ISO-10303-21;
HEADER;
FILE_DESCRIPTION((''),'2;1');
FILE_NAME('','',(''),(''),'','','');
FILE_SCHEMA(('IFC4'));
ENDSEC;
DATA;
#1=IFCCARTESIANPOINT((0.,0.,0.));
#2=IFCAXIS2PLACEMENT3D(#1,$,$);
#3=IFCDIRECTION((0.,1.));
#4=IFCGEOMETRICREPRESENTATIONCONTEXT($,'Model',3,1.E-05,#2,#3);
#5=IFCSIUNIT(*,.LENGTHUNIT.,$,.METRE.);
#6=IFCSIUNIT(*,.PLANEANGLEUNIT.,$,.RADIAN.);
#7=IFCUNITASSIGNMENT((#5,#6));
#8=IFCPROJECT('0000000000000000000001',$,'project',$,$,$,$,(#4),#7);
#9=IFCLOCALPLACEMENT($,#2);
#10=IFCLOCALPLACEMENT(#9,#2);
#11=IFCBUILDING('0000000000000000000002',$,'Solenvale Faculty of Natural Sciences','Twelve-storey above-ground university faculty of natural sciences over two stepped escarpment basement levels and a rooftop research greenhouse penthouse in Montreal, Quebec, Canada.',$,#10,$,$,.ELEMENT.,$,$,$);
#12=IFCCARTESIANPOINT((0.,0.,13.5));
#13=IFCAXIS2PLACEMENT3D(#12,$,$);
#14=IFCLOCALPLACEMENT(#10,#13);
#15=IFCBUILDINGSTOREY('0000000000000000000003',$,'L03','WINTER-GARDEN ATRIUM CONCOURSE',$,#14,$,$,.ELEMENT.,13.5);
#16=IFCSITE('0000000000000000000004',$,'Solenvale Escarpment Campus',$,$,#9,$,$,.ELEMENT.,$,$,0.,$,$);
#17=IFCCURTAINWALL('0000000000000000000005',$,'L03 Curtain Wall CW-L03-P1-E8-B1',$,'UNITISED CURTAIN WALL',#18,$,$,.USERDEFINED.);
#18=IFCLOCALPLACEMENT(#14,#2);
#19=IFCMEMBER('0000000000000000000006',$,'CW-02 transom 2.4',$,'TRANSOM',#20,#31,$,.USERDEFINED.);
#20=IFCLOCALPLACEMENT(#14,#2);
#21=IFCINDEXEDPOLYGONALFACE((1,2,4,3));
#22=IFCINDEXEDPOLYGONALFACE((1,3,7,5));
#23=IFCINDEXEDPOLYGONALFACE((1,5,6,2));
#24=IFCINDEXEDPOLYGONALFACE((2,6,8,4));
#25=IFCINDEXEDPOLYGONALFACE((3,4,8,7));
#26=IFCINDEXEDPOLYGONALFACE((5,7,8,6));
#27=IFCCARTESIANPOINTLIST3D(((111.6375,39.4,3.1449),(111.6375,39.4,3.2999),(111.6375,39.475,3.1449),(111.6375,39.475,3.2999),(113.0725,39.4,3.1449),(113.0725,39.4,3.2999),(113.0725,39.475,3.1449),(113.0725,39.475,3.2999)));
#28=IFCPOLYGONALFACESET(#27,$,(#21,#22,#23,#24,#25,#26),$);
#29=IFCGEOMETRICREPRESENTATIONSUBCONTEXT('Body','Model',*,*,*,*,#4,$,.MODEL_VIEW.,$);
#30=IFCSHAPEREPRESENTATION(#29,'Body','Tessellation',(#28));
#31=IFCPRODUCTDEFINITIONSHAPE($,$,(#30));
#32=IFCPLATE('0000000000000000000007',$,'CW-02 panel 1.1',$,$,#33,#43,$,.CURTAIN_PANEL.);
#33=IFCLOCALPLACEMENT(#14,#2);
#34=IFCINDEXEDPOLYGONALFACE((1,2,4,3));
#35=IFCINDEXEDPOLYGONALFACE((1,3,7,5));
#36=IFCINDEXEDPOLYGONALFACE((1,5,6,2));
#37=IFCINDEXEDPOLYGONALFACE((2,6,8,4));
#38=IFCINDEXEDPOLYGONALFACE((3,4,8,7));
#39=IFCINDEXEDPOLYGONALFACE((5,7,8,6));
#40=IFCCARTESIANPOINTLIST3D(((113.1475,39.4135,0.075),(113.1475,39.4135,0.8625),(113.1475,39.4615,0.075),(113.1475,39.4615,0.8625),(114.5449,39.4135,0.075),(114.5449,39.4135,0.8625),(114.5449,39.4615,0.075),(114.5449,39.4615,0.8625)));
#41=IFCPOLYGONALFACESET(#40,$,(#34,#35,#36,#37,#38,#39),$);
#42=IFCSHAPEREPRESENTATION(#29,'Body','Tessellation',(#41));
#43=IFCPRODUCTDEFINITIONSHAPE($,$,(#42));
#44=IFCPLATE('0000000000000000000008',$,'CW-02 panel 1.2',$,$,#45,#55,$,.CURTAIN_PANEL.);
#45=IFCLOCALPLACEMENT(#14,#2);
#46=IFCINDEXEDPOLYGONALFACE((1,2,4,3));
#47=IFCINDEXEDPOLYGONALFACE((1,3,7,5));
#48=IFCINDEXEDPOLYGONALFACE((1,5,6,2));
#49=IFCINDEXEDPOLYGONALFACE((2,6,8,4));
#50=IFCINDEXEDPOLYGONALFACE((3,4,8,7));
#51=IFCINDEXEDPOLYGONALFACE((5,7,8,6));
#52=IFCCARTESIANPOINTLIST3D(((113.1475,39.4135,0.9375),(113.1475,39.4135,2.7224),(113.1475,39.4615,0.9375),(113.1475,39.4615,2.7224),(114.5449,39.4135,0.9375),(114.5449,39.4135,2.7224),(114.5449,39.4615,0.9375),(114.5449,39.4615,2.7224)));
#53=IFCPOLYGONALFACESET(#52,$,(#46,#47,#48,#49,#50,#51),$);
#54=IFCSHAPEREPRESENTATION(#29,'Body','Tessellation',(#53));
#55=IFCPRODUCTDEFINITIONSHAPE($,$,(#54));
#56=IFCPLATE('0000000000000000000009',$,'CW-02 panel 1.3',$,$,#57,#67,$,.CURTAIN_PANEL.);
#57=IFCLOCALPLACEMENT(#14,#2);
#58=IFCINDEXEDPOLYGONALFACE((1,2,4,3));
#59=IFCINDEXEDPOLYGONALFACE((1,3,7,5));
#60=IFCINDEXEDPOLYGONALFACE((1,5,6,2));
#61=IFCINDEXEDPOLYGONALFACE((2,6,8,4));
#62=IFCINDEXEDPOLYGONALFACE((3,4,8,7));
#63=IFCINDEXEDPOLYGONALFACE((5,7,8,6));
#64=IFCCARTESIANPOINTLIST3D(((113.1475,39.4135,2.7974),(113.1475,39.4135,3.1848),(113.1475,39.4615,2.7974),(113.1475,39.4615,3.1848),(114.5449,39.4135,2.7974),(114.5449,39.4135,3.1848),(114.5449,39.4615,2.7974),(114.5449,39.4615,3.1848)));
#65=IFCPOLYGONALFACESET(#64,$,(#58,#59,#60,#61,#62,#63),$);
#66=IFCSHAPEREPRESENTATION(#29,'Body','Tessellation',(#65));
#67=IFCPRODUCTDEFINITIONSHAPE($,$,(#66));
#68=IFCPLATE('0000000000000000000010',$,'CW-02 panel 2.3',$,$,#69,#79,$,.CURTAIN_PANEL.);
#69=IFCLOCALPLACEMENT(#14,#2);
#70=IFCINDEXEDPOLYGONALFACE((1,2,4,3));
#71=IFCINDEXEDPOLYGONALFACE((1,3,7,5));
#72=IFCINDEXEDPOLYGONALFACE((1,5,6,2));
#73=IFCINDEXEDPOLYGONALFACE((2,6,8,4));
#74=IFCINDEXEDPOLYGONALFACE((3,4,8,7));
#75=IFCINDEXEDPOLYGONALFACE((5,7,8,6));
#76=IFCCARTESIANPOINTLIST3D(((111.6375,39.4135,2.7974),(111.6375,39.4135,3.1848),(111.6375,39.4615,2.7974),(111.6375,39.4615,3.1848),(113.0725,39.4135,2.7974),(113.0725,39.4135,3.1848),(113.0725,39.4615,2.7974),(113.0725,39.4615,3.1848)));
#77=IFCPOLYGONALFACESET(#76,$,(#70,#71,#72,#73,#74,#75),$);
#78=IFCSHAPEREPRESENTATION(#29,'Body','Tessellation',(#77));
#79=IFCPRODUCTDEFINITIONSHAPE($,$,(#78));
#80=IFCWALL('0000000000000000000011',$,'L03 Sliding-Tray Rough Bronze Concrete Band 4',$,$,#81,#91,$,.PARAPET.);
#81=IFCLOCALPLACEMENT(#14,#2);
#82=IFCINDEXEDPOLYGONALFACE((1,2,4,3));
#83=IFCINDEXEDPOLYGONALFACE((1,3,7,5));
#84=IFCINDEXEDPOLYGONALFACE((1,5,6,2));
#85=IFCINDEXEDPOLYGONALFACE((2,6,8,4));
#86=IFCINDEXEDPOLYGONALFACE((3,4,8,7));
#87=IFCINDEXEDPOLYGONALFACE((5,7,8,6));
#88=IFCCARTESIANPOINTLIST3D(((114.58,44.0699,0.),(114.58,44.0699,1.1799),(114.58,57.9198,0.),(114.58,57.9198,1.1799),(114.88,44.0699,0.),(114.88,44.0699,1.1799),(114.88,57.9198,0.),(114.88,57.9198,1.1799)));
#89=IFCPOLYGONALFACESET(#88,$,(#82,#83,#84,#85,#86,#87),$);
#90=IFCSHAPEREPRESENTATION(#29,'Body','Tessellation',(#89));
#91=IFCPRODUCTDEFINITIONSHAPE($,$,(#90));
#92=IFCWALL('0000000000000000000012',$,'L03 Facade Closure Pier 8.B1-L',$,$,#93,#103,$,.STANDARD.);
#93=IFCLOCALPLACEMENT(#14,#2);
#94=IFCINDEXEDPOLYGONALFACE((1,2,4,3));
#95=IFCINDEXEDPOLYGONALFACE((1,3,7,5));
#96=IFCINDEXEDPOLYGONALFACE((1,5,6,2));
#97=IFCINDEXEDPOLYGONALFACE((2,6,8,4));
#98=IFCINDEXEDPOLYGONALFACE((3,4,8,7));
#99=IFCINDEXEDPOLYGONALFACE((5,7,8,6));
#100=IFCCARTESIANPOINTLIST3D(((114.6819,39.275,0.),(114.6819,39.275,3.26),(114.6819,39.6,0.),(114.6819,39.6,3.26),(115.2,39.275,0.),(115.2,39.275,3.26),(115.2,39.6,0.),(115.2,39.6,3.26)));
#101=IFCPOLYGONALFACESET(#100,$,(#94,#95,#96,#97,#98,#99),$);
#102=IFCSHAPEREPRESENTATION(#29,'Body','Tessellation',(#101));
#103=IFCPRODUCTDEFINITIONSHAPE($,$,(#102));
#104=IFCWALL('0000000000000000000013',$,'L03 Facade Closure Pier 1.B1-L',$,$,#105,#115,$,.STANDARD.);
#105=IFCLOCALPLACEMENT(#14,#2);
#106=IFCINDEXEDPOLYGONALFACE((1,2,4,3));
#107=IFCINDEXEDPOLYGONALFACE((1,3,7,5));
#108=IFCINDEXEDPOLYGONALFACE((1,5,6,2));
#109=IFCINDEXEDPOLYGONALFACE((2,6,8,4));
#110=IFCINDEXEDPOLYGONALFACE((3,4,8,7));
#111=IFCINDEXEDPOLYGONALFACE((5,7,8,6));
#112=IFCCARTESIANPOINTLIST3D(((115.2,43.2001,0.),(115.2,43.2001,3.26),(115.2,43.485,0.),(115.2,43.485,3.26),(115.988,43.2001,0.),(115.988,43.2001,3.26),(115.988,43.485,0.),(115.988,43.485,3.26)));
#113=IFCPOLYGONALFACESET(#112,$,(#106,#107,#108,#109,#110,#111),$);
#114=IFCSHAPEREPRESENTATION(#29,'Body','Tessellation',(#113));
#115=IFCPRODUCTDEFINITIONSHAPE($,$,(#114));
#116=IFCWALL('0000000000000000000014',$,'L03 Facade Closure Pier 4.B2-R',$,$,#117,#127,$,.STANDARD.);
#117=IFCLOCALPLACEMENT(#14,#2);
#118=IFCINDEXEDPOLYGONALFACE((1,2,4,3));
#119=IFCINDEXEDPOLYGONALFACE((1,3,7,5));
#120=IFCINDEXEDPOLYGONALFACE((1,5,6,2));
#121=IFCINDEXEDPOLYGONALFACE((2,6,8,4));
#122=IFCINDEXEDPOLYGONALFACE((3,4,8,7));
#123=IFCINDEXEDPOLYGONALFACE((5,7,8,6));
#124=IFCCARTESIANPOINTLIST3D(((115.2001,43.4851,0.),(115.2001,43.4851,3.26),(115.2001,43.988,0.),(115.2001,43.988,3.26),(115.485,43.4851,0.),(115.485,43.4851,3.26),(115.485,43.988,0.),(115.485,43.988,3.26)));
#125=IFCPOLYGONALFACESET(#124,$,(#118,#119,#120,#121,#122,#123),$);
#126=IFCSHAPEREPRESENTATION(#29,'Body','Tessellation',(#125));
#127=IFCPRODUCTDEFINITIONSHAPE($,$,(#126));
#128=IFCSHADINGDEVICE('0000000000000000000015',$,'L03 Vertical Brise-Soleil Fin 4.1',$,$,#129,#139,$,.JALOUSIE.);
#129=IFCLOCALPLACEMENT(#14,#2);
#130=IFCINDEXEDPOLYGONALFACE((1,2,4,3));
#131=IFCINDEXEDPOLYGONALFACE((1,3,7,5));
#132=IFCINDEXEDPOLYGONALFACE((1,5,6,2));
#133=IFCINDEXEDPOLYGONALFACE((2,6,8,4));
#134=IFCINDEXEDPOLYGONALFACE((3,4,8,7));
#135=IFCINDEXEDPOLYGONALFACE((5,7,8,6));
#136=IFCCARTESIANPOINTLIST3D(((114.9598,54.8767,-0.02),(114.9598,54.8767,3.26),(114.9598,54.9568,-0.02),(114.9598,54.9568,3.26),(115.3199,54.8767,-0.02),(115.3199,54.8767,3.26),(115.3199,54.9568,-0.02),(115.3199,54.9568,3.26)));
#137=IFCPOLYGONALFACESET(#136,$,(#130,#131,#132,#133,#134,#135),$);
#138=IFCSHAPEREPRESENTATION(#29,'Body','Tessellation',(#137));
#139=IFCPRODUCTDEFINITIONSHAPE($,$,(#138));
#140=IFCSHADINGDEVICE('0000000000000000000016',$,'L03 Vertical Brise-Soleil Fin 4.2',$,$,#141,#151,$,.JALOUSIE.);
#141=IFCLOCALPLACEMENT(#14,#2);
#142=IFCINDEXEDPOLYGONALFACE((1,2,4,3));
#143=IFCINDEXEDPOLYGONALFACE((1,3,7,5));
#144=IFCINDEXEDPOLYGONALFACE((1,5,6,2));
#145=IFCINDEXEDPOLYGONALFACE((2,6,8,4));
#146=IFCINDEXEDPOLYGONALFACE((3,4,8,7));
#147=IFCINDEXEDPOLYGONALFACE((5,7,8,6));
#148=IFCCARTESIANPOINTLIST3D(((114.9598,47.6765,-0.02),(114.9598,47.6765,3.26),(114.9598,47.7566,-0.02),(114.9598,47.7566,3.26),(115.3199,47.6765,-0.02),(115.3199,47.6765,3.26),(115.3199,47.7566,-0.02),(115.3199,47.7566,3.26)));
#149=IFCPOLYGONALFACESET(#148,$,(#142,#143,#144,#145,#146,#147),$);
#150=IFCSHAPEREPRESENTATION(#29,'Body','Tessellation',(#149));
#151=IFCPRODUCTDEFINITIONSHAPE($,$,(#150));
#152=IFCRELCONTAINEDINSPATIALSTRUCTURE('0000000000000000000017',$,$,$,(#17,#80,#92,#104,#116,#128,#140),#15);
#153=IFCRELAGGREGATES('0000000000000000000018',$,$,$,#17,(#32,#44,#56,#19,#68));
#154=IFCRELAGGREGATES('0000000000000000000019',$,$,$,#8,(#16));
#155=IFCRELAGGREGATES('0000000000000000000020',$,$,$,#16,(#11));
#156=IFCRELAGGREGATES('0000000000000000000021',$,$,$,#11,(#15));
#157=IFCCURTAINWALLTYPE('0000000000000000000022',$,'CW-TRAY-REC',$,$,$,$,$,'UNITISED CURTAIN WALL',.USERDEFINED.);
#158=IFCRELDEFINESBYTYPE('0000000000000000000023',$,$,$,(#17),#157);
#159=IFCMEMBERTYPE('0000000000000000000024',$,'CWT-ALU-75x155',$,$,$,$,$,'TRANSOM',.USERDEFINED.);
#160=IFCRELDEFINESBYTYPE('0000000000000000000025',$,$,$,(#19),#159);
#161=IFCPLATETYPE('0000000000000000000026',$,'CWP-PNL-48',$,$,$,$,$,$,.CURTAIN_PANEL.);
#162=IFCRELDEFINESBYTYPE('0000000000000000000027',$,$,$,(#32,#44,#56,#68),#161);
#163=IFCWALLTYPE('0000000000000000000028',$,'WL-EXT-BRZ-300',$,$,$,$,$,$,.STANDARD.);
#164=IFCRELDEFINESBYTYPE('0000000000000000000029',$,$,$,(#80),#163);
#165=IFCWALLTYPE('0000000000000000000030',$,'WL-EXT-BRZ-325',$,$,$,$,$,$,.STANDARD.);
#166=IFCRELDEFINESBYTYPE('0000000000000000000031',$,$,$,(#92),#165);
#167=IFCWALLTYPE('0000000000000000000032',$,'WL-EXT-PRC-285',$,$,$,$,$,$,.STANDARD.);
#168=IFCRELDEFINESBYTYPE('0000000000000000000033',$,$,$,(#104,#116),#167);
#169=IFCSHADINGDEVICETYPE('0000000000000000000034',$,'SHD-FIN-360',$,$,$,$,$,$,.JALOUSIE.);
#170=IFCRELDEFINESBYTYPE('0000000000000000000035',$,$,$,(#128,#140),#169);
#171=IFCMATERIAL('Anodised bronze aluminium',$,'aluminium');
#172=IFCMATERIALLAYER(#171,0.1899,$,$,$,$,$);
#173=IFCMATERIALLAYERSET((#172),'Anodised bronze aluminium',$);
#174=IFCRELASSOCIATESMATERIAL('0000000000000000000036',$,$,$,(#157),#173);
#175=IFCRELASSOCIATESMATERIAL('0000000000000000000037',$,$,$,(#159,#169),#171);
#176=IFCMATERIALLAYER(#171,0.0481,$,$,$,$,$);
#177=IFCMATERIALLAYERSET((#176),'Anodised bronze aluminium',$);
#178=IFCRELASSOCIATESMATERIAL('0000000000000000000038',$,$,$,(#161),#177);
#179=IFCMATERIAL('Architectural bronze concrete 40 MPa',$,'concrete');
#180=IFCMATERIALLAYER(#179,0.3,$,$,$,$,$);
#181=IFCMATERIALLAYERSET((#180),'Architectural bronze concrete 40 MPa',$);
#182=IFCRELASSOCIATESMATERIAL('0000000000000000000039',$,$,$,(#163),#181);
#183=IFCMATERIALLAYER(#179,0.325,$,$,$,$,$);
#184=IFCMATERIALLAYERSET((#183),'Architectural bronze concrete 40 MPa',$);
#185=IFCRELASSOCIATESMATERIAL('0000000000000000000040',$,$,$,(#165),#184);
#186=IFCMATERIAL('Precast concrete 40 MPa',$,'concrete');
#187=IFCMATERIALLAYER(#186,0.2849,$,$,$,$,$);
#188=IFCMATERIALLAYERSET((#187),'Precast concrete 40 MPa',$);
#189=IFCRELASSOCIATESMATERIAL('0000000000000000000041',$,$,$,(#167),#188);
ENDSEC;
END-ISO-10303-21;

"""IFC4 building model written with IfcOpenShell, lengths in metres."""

from ifc_helpers import new_model, si_unit, direction, frame, frame_2d, origin, origin_2d, place, context, subcontext, project, spatial, rectangle, extrude, material, layer, layer_set, material_profile, profile_set, type_object, element, aggregate, save


model = new_model("IFC4")

# Units and contexts
model_context = context("Model", 3, precision=1e-05, world=origin(), true_north=direction((0.0, 1.0)))
body_context = subcontext(model_context, "Body", "Model", "MODEL_VIEW")
ifc_project = project(units=[si_unit("LENGTHUNIT", "METRE"), si_unit("PLANEANGLEUNIT", "RADIAN")], contexts=[model_context])

# Site, building, storey
site_placement = place(None, origin())
site = spatial("IfcSite", under=ifc_project, at=site_placement, Name="Solenvale Escarpment Campus", CompositionType="ELEMENT", RefElevation=0.0)
building_placement = place(site_placement, origin())
building = spatial("IfcBuilding", under=site, at=building_placement, Name="Solenvale Faculty of Natural Sciences", Description="Twelve-storey above-ground university faculty of natural sciences over two stepped escarpment basement levels and a rooftop research greenhouse penthouse in Montreal, Quebec, Canada.", CompositionType="ELEMENT")
storey_placement = place(building_placement, frame((0.0, 0.0, 13.5)))
storey = spatial("IfcBuildingStorey", under=building, at=storey_placement, Name="L03", Description="WINTER-GARDEN ATRIUM CONCOURSE", CompositionType="ELEMENT", Elevation=13.5)

# Curtain wall
ifc_material_1 = material(Name="Anodised bronze aluminium", Category="aluminium")
ifc_layer_1 = layer(ifc_material_1, 0.1899)
ifc_layer_set_1 = layer_set([ifc_layer_1], Name="Anodised bronze aluminium")
curtain_wall_type_1 = type_object("IfcCurtainWallType", Name="CW-TRAY-REC", ElementType="UNITISED CURTAIN WALL", PredefinedType="USERDEFINED", material=ifc_layer_set_1)
curtain_wall_1_placement = place(storey_placement, origin())
curtain_wall_1 = element("IfcCurtainWall", 1, at=curtain_wall_1_placement, inside=storey, type_object=curtain_wall_type_1, Name="L03 Curtain Wall CW-L03-P1-E8-B1", ObjectType="UNITISED CURTAIN WALL", PredefinedType="USERDEFINED")

# Member
ifc_material_profile_1 = material_profile(ifc_material_1, rectangle(XDim=0.075, YDim=0.155, at=origin_2d()), Name="ALU-TRN-75x155")
ifc_profile_set_1 = profile_set([ifc_material_profile_1], Name="Anodised bronze aluminium")
member_type_1 = type_object("IfcMemberType", Name="CWT-ALU-75x155", ElementType="TRANSOM", PredefinedType="USERDEFINED", material=ifc_profile_set_1)
member_1_placement = place(storey_placement, frame((113.0725, 39.4375, 3.2224), z_axis=(-1.0, 0.0, 0.0), x_axis=(0.0, -1.0, 0.0)))
member_1 = element("IfcMember", 2, at=member_1_placement, type_object=member_type_1, Name="CW-02 transom 2.4", ObjectType="TRANSOM", PredefinedType="USERDEFINED", context=body_context, shape_type="SweptSolid", body=[
    extrude(rectangle(XDim=0.075, YDim=0.155, at=origin_2d()), origin(), (0.0, 0.0, 1.0), 1.4351),
])

# Plates
ifc_layer_2 = layer(ifc_material_1, 0.0481)
ifc_layer_set_2 = layer_set([ifc_layer_2], Name="Anodised bronze aluminium")
plate_type = type_object("IfcPlateType", Name="CWP-PNL-48", PredefinedType="CURTAIN_PANEL", material=ifc_layer_set_2)
plate_1_placement = place(storey_placement, frame((113.8462, 39.4375, 0.075), z_axis=(0.0, 0.0, 1.0), x_axis=(-1.0, 0.0, 0.0)))
plate_1 = element("IfcPlate", 3, at=plate_1_placement, type_object=plate_type, Name="CW-02 panel 1.1", PredefinedType="CURTAIN_PANEL", context=body_context, shape_type="SweptSolid", body=[
    extrude(rectangle(XDim=1.3975, YDim=0.0481, at=origin_2d()), origin(), (0.0, 0.0, 1.0), 0.7876),
])
plate_2_placement = place(storey_placement, frame((113.8462, 39.4375, 0.9375), z_axis=(0.0, 0.0, 1.0), x_axis=(-1.0, 0.0, 0.0)))
plate_2 = element("IfcPlate", 4, at=plate_2_placement, type_object=plate_type, Name="CW-02 panel 1.2", PredefinedType="CURTAIN_PANEL", context=body_context, shape_type="SweptSolid", body=[
    extrude(rectangle(XDim=1.3975, YDim=0.0481, at=origin_2d()), origin(), (0.0, 0.0, 1.0), 1.7849),
])
plate_3_placement = place(storey_placement, frame((113.8462, 39.4375, 2.7974), z_axis=(0.0, 0.0, 1.0), x_axis=(-1.0, 0.0, 0.0)))
plate_3 = element("IfcPlate", 5, at=plate_3_placement, type_object=plate_type, Name="CW-02 panel 1.3", PredefinedType="CURTAIN_PANEL", context=body_context, shape_type="SweptSolid", body=[
    extrude(rectangle(XDim=1.3975, YDim=0.0481, at=origin_2d()), origin(), (0.0, 0.0, 1.0), 0.3875),
])
plate_4_placement = place(storey_placement, frame((112.355, 39.4375, 2.7974), z_axis=(0.0, 0.0, 1.0), x_axis=(-1.0, 0.0, 0.0)))
plate_4 = element("IfcPlate", 6, at=plate_4_placement, type_object=plate_type, Name="CW-02 panel 2.3", PredefinedType="CURTAIN_PANEL", context=body_context, shape_type="SweptSolid", body=[
    extrude(rectangle(XDim=1.4351, YDim=0.0481, at=origin_2d()), origin(), (0.0, 0.0, 1.0), 0.3875),
])
aggregate(curtain_wall_1, [plate_1, plate_2, plate_3, member_1, plate_4])

# Walls
ifc_material_2 = material(Name="Architectural bronze concrete 40 MPa", Category="concrete")
ifc_layer_3 = layer(ifc_material_2, 0.3)
ifc_layer_set_3 = layer_set([ifc_layer_3], Name="Architectural bronze concrete 40 MPa")
wall_type_1 = type_object("IfcWallType", Name="WL-EXT-BRZ-300", PredefinedType="STANDARD", material=ifc_layer_set_3)
wall_1_placement = place(storey_placement, frame((114.73, 44.0701, 0.0), z_axis=(0.0, 0.0, 1.0), x_axis=(0.0, 1.0, 0.0)))
element("IfcWall", 7, at=wall_1_placement, inside=storey, type_object=wall_type_1, Name="L03 Sliding-Tray Rough Bronze Concrete Band 4", PredefinedType="PARAPET", context=body_context, shape_type="SweptSolid", body=[
    extrude(rectangle(XDim=13.8499, YDim=0.3, at=frame_2d((6.9248, 0.0))), origin(), (0.0, 0.0, 1.0), 1.1799),
])
ifc_layer_4 = layer(ifc_material_2, 0.325)
ifc_layer_set_4 = layer_set([ifc_layer_4], Name="Architectural bronze concrete 40 MPa")
wall_type_2 = type_object("IfcWallType", Name="WL-EXT-BRZ-325", PredefinedType="STANDARD", material=ifc_layer_set_4)
wall_2_placement = place(storey_placement, frame((115.2, 39.4375, 0.0), z_axis=(0.0, 0.0, 1.0), x_axis=(-1.0, 0.0, 0.0)))
element("IfcWall", 8, at=wall_2_placement, inside=storey, type_object=wall_type_2, Name="L03 Facade Closure Pier 8.B1-L", PredefinedType="STANDARD", context=body_context, shape_type="SweptSolid", body=[
    extrude(rectangle(XDim=0.5181, YDim=0.325, at=frame_2d((0.259, 0.0))), origin(), (0.0, 0.0, 1.0), 3.26),
])
ifc_material_3 = material(Name="Precast concrete 40 MPa", Category="concrete")
ifc_layer_5 = layer(ifc_material_3, 0.2849)
ifc_layer_set_5 = layer_set([ifc_layer_5], Name="Precast concrete 40 MPa")
wall_type_3 = type_object("IfcWallType", Name="WL-EXT-PRC-285", PredefinedType="STANDARD", material=ifc_layer_set_5)
wall_3_placement = place(storey_placement, frame((115.2, 43.3425, 0.0), z_axis=(0.0, 0.0, 1.0), x_axis=(1.0, 0.0, 0.0)))
element("IfcWall", 9, at=wall_3_placement, inside=storey, type_object=wall_type_3, Name="L03 Facade Closure Pier 1.B1-L", PredefinedType="STANDARD", context=body_context, shape_type="SweptSolid", body=[
    extrude(rectangle(XDim=0.7881, YDim=0.2849, at=frame_2d((0.394, 0.0))), origin(), (0.0, 0.0, 1.0), 3.26),
])
wall_4_placement = place(storey_placement, frame((115.3425, 43.988, 0.0), z_axis=(0.0, 0.0, 1.0), x_axis=(0.0, -1.0, 0.0)))
element("IfcWall", 10, at=wall_4_placement, inside=storey, type_object=wall_type_3, Name="L03 Facade Closure Pier 4.B2-R", PredefinedType="STANDARD", context=body_context, shape_type="SweptSolid", body=[
    extrude(rectangle(XDim=0.5029, YDim=0.2849, at=frame_2d((0.2515, 0.0))), origin(), (0.0, 0.0, 1.0), 3.26),
])

# Shading devices
ifc_material_profile_2 = material_profile(ifc_material_1, rectangle(XDim=0.0801, YDim=0.3601, at=origin_2d()), Name="ALU-FIN-80x360")
ifc_profile_set_2 = profile_set([ifc_material_profile_2], Name="Anodised bronze aluminium")
shading_device_type = type_object("IfcShadingDeviceType", Name="SHD-FIN-360", PredefinedType="JALOUSIE", material=ifc_profile_set_2)
for number, where, z_axis, x_axis, name in (
    (11, (115.1399, 54.9167, -0.02), (0.0, 0.0, 1.0), (0.0, 1.0, 0.0), "L03 Vertical Brise-Soleil Fin 4.1"),
    (12, (115.1399, 47.7166, -0.02), (0.0, 0.0, 1.0), (0.0, 1.0, 0.0), "L03 Vertical Brise-Soleil Fin 4.2"),
):
    element("IfcShadingDevice", number, at=place(storey_placement, frame(where, z_axis=z_axis, x_axis=x_axis)), inside=storey, type_object=shading_device_type, Name=name, PredefinedType="JALOUSIE", context=body_context, shape_type="SweptSolid", body=[
        extrude(rectangle(XDim=0.0801, YDim=0.3601, at=origin_2d()), origin(), (0.0, 0.0, 1.0), 3.28),
    ])

save(model, "model.ifc")
